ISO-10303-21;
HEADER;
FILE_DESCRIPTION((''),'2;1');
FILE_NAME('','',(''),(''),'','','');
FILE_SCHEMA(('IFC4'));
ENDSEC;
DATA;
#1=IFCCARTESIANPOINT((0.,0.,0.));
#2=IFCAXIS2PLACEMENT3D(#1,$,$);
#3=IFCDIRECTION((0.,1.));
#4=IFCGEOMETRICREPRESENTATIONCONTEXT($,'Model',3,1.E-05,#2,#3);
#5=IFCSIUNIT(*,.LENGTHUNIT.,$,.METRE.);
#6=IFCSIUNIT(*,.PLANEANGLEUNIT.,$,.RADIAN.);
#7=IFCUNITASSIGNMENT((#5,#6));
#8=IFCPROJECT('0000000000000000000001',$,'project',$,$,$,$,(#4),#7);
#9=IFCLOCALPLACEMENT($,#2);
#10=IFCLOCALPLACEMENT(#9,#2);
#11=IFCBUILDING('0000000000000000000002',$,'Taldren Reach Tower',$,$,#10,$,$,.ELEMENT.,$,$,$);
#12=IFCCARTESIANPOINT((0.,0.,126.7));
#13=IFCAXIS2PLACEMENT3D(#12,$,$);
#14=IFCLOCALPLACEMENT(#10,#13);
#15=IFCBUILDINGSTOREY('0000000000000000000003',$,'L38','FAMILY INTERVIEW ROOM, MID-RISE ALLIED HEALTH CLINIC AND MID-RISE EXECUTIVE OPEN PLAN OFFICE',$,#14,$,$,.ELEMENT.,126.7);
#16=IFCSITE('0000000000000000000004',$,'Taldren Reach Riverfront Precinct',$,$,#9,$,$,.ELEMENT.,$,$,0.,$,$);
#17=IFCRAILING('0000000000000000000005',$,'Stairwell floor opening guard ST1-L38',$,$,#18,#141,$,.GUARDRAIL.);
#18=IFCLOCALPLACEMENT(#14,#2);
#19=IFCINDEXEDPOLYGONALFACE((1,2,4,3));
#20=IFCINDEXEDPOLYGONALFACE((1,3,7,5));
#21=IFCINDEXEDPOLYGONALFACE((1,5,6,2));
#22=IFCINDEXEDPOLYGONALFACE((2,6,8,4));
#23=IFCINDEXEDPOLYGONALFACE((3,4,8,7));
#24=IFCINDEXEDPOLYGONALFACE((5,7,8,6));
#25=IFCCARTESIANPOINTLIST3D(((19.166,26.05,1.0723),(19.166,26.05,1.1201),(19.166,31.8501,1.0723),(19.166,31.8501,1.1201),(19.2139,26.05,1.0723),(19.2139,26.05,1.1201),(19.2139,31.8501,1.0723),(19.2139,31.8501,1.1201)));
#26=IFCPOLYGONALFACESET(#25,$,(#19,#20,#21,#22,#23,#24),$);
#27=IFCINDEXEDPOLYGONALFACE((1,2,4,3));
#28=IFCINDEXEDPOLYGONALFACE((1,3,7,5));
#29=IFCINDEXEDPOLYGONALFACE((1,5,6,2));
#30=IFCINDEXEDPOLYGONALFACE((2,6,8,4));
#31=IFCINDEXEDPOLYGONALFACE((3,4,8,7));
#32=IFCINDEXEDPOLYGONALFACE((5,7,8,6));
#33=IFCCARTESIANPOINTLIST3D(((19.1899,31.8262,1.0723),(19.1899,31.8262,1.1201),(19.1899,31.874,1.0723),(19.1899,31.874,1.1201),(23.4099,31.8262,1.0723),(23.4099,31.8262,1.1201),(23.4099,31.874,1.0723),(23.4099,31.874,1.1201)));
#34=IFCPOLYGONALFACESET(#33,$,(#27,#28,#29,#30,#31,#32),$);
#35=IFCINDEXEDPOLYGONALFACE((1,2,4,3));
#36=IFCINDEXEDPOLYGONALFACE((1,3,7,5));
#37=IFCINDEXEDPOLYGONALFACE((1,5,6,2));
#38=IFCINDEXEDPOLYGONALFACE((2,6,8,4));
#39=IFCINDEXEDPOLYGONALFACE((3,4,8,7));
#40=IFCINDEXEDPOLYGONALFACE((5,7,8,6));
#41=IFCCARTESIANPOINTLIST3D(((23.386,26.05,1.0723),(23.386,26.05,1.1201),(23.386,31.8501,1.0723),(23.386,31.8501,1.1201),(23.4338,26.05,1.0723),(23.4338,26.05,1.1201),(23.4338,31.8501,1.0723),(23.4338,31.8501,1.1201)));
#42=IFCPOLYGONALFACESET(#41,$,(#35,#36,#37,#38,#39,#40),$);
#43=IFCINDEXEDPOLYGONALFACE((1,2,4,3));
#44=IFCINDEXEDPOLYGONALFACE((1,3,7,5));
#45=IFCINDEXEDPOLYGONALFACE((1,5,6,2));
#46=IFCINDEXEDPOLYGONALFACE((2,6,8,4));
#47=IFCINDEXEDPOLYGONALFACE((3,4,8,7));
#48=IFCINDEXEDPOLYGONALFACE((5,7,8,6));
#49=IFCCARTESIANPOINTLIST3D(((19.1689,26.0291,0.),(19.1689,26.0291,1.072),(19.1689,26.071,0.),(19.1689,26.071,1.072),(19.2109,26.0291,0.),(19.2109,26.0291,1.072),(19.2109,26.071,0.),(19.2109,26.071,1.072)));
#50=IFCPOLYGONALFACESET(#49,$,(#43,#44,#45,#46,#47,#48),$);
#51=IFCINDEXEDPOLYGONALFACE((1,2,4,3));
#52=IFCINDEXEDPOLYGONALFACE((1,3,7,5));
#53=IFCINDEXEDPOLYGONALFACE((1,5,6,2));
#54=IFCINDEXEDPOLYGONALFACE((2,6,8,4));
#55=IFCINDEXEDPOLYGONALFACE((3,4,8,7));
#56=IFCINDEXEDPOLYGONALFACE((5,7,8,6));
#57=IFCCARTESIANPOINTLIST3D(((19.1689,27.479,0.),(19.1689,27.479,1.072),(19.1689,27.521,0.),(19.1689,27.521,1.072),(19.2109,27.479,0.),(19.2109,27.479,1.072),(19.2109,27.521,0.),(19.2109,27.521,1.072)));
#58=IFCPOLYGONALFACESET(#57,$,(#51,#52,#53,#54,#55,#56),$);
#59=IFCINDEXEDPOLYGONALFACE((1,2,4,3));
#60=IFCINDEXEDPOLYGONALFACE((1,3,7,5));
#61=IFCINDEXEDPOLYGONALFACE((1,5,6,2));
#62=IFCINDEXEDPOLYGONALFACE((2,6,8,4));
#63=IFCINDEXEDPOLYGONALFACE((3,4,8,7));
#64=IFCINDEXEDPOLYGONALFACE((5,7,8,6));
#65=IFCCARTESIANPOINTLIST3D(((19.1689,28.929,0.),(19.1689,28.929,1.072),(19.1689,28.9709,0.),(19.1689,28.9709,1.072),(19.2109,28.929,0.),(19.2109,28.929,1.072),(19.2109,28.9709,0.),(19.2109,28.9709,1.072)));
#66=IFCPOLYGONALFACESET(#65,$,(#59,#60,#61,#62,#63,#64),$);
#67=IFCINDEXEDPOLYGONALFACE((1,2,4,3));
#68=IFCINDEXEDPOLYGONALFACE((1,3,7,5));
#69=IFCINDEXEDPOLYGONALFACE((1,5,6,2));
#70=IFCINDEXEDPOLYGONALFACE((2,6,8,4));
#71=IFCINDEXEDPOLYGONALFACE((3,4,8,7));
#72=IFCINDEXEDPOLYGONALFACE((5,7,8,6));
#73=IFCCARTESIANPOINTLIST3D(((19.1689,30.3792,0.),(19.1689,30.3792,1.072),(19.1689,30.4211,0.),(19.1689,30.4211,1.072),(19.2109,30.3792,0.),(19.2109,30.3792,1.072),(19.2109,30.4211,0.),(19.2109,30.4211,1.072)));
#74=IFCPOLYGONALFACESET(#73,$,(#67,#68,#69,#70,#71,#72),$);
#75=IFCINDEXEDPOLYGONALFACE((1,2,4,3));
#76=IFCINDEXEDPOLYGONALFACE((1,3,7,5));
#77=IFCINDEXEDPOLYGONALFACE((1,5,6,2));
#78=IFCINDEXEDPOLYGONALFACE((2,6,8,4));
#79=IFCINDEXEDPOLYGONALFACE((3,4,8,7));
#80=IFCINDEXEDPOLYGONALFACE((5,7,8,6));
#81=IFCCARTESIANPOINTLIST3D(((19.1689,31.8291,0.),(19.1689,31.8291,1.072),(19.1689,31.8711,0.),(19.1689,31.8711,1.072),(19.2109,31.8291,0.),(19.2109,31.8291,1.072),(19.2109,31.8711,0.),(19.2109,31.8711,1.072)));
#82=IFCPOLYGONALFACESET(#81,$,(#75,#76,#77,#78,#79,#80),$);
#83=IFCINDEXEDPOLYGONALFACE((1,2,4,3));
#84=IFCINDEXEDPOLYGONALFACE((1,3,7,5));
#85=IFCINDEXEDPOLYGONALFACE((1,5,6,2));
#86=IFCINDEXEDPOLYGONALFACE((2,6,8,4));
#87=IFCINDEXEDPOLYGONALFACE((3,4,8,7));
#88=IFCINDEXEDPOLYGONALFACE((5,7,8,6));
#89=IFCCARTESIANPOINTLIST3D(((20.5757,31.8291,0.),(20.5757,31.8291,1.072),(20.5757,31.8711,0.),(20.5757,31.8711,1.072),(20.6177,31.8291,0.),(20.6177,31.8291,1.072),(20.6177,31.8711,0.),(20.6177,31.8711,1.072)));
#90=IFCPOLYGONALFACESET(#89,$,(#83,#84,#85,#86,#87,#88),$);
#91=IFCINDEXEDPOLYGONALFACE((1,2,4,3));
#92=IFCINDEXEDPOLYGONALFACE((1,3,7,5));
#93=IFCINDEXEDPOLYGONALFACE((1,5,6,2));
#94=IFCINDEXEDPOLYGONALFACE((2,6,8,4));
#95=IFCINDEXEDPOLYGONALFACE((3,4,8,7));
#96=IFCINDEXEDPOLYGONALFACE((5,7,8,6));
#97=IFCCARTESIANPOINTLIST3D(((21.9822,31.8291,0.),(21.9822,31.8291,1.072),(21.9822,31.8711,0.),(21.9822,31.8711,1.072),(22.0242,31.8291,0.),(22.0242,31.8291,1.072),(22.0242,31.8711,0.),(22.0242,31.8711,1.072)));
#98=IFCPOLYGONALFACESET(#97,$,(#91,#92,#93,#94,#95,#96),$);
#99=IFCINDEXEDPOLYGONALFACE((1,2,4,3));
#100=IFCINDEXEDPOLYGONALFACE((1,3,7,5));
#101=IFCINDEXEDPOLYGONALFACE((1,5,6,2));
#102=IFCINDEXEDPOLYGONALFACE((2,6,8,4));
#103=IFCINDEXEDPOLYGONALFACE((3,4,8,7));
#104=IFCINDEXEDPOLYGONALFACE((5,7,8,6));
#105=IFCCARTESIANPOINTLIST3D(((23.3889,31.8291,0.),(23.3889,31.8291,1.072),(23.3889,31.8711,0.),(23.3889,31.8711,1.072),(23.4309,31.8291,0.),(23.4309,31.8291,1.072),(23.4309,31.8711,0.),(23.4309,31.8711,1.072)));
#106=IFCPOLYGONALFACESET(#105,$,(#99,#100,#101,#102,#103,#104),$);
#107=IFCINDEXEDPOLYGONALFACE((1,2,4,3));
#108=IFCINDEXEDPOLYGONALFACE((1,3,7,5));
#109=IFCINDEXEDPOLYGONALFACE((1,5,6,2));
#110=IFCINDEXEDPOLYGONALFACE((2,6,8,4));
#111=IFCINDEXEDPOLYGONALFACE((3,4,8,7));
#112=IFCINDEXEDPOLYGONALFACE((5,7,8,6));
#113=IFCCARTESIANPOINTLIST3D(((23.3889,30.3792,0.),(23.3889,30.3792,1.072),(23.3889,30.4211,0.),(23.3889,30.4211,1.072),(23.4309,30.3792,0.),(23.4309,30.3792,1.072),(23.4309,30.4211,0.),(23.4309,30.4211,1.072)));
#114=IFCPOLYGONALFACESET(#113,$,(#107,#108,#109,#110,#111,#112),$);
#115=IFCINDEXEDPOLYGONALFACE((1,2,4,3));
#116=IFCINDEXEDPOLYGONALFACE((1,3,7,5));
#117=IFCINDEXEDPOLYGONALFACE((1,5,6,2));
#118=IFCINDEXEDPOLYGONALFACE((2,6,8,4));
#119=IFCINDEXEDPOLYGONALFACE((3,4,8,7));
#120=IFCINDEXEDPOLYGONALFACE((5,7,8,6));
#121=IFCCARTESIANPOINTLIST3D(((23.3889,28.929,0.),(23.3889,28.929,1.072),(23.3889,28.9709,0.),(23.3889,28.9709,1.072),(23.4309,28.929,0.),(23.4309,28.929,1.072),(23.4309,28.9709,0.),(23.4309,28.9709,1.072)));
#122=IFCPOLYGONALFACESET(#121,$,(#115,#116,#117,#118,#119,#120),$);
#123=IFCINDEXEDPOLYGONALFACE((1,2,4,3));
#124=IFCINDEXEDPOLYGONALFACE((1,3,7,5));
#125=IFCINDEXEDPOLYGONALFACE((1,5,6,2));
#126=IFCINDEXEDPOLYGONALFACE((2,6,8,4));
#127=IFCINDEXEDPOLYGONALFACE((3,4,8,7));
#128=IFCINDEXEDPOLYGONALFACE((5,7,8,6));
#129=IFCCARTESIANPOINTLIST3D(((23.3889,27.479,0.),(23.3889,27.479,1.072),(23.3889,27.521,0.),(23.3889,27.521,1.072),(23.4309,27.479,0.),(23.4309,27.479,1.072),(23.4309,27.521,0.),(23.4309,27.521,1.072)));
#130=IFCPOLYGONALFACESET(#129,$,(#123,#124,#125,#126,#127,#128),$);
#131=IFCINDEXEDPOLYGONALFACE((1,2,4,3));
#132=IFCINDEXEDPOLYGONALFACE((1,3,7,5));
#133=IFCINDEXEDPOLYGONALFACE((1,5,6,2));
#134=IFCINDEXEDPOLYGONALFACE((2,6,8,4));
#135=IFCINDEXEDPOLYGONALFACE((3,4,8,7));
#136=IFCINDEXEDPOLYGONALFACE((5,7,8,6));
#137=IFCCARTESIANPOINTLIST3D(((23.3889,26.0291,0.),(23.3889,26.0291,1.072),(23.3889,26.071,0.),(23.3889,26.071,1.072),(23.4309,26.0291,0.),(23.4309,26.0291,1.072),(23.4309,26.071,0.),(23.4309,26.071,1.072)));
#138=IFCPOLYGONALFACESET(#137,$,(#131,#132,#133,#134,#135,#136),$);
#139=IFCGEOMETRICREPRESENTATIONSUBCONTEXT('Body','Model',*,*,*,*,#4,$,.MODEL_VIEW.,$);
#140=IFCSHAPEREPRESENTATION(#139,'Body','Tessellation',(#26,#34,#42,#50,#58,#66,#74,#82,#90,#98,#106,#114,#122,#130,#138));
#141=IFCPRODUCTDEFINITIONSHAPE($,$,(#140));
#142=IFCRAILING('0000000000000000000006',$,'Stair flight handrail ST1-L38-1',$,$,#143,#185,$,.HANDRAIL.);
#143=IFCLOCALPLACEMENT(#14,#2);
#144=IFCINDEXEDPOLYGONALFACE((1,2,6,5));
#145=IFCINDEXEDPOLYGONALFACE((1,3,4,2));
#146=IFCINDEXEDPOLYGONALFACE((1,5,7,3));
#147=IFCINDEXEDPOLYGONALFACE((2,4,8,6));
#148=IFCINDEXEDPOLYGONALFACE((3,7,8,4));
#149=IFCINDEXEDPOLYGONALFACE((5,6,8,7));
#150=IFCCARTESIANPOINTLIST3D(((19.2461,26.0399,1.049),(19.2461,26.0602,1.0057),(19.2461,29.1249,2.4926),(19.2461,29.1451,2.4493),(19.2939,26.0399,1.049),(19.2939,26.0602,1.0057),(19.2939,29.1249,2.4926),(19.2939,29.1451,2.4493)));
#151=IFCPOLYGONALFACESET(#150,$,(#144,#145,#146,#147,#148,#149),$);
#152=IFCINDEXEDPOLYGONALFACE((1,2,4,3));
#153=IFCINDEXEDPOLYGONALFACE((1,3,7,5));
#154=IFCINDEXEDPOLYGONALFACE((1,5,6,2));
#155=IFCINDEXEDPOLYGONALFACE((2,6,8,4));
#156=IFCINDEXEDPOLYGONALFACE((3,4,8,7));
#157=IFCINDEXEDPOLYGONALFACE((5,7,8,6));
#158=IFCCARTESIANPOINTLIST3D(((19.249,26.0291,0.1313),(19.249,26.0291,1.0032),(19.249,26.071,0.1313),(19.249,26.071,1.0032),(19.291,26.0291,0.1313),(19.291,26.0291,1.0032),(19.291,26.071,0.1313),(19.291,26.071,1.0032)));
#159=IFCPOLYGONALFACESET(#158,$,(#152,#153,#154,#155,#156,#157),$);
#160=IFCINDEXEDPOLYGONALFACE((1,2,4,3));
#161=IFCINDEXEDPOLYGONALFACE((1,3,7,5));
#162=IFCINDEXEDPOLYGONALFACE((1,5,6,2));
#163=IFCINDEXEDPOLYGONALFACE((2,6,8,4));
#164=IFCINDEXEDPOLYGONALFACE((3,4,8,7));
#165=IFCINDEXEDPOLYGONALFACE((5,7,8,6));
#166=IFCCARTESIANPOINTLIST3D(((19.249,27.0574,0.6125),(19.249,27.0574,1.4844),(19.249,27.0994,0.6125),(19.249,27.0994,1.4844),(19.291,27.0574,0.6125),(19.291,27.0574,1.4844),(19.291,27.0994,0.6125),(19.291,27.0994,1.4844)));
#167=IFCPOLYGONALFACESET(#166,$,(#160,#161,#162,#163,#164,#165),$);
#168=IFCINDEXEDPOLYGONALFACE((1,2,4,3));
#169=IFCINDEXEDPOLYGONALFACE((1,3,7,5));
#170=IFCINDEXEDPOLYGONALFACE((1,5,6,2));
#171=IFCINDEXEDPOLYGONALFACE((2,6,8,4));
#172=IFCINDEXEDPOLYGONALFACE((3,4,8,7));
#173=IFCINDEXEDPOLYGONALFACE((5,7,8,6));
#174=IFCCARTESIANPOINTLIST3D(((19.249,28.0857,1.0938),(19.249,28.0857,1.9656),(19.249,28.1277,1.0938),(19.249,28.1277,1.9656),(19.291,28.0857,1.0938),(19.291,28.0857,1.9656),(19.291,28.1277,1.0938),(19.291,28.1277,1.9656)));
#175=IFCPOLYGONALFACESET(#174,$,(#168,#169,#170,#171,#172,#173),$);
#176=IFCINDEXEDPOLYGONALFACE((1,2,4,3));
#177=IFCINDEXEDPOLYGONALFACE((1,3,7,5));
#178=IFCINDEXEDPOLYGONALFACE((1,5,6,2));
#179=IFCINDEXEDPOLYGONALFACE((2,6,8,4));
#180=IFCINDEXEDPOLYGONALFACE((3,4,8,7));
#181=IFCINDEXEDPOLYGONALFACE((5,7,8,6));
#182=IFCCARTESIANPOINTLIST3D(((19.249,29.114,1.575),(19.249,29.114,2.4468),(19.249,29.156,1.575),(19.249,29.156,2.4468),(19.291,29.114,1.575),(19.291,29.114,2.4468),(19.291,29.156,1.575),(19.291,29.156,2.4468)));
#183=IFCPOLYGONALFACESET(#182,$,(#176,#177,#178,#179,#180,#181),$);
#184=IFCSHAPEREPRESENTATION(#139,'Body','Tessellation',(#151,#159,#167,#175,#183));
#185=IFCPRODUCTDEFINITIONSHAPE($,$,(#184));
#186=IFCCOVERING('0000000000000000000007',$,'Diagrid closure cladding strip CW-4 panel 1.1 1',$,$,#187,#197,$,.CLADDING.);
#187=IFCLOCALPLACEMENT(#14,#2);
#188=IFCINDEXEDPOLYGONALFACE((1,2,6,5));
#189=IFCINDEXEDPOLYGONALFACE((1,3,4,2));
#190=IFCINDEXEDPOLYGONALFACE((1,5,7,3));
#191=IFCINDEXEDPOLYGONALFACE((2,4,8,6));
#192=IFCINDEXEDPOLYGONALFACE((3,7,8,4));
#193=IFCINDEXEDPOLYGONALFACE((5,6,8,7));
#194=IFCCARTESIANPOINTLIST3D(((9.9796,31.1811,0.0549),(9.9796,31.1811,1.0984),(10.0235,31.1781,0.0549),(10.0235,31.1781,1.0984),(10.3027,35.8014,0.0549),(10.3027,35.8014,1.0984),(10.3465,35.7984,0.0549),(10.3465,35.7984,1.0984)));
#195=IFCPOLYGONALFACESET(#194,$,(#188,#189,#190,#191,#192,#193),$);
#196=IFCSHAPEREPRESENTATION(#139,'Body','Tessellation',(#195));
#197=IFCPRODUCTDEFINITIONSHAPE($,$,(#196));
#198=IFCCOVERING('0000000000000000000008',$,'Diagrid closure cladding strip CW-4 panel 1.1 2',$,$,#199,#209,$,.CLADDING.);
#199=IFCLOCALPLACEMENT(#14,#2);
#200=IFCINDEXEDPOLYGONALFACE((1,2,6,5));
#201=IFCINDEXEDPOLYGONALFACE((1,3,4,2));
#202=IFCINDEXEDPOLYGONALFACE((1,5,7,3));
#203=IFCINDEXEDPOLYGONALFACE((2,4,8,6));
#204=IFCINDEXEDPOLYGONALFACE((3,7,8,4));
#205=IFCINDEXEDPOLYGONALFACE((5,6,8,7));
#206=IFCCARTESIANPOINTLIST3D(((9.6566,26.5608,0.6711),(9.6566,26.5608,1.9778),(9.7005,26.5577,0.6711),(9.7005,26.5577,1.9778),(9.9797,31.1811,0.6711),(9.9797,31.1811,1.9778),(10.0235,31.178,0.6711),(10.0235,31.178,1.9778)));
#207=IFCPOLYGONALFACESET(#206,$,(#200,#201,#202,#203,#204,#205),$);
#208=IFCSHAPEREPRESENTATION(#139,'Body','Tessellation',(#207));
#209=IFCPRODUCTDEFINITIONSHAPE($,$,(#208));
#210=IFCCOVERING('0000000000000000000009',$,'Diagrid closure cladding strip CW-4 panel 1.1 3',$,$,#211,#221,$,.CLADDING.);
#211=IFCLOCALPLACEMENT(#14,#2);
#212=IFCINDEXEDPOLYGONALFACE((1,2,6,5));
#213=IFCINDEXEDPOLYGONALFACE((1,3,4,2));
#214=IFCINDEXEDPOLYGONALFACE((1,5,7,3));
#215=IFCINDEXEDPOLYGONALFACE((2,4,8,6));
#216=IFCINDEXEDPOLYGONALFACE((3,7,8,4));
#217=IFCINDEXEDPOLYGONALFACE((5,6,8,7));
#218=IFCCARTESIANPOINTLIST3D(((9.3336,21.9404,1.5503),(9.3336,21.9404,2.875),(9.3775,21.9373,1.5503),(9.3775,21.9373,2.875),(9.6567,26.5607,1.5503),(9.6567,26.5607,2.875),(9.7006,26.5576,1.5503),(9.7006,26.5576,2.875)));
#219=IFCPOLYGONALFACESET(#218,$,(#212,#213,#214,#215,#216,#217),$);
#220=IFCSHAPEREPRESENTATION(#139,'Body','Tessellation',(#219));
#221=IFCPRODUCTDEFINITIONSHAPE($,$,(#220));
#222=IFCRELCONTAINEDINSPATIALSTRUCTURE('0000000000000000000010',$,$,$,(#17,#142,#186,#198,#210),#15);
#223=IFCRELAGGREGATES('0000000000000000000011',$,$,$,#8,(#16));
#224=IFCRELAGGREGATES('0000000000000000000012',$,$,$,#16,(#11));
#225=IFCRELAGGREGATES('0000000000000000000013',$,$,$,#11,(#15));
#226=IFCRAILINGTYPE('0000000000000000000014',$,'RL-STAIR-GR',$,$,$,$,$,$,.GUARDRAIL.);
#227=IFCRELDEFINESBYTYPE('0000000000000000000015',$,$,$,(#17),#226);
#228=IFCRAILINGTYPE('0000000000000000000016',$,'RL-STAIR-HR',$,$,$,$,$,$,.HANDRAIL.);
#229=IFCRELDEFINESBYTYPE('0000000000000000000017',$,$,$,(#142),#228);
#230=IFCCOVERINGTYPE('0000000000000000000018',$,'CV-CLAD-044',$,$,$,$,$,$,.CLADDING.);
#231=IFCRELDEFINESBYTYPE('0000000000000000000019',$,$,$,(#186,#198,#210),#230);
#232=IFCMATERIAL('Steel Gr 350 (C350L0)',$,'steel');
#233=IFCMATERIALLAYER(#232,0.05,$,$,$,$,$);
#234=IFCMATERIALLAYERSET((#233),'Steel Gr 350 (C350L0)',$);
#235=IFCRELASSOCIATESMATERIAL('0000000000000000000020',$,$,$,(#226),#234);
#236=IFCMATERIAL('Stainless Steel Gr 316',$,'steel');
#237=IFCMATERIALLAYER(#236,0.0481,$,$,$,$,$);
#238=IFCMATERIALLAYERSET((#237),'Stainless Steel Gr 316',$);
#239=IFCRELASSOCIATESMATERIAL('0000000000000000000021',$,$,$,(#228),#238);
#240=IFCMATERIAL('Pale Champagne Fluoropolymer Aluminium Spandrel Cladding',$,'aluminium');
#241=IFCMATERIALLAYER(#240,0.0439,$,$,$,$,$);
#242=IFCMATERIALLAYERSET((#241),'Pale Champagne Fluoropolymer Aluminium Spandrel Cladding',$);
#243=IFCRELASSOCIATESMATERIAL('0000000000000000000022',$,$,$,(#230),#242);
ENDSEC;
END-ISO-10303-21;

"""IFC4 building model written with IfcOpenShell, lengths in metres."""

from ifc_helpers import new_model, si_unit, direction, frame, origin, origin_2d, place, context, subcontext, project, spatial, rectangle, extrude, source, transform, mapped, material, layer, layer_set, type_object, element, save


model = new_model("IFC4")

# Units and contexts
model_context = context("Model", 3, precision=1e-05, world=origin(), true_north=direction((0.0, 1.0)))
body_context = subcontext(model_context, "Body", "Model", "MODEL_VIEW")
ifc_project = project(units=[si_unit("LENGTHUNIT", "METRE"), si_unit("PLANEANGLEUNIT", "RADIAN")], contexts=[model_context])

# Site, building, storey
site_placement = place(None, origin())
site = spatial("IfcSite", under=ifc_project, at=site_placement, Name="Taldren Reach Riverfront Precinct", CompositionType="ELEMENT", RefElevation=0.0)
building_placement = place(site_placement, origin())
building = spatial("IfcBuilding", under=site, at=building_placement, Name="Taldren Reach Tower", CompositionType="ELEMENT")
storey_placement = place(building_placement, frame((0.0, 0.0, 126.7)))
storey = spatial("IfcBuildingStorey", under=building, at=storey_placement, Name="L38", Description="FAMILY INTERVIEW ROOM, MID-RISE ALLIED HEALTH CLINIC AND MID-RISE EXECUTIVE OPEN PLAN OFFICE", CompositionType="ELEMENT", Elevation=126.7)

# Shared definitions
ifc_material_1 = material(Name="Steel Gr 350 (C350L0)", Category="steel")

# Railings
ifc_layer_1 = layer(ifc_material_1, 0.05)
ifc_layer_set_1 = layer_set([ifc_layer_1], Name="Steel Gr 350 (C350L0)")
railing_type_1 = type_object("IfcRailingType", Name="RL-STAIR-GR", PredefinedType="GUARDRAIL", material=ifc_layer_set_1)
railing_1_placement = place(storey_placement, frame((19.1899, 26.05, 0.0)))
element("IfcRailing", 1, at=railing_1_placement, inside=storey, type_object=railing_type_1, Name="Stairwell floor opening guard ST1-L38", PredefinedType="GUARDRAIL", context=body_context, shape_type="SweptSolid", body=[
    extrude(rectangle(XDim=0.0479, YDim=0.0479, at=origin_2d()), frame((0.0, 0.0, 1.0962), z_axis=(0.0, 1.0, 0.0), x_axis=(-1.0, 0.0, 0.0)), (0.0, 0.0, 1.0), 5.8),
    extrude(rectangle(XDim=0.0479, YDim=0.0479, at=origin_2d()), frame((0.0, 5.8, 1.0962), z_axis=(1.0, 0.0, 0.0), x_axis=(0.0, 1.0, 0.0)), (0.0, 0.0, 1.0), 4.22),
    extrude(rectangle(XDim=0.0479, YDim=0.0479, at=origin_2d()), frame((4.22, 5.8, 1.0962), z_axis=(0.0, -1.0, 0.0), x_axis=(1.0, 0.0, 0.0)), (0.0, 0.0, 1.0), 5.8),
    extrude(rectangle(XDim=0.042, YDim=0.042, at=origin_2d()), origin(), (0.0, 0.0, 1.0), 1.072),
    extrude(rectangle(XDim=0.042, YDim=0.042, at=origin_2d()), frame((0.0, 1.45, 0.0)), (0.0, 0.0, 1.0), 1.072),
    extrude(rectangle(XDim=0.042, YDim=0.042, at=origin_2d()), frame((0.0, 2.8999, 0.0)), (0.0, 0.0, 1.0), 1.072),
    extrude(rectangle(XDim=0.042, YDim=0.042, at=origin_2d()), frame((0.0, 4.3501, 0.0)), (0.0, 0.0, 1.0), 1.072),
    extrude(rectangle(XDim=0.042, YDim=0.042, at=origin_2d()), frame((0.0, 5.8, 0.0)), (0.0, 0.0, 1.0), 1.072),
    extrude(rectangle(XDim=0.042, YDim=0.042, at=origin_2d()), frame((1.4067, 5.8, 0.0)), (0.0, 0.0, 1.0), 1.072),
    extrude(rectangle(XDim=0.042, YDim=0.042, at=origin_2d()), frame((2.8132, 5.8, 0.0)), (0.0, 0.0, 1.0), 1.072),
    extrude(rectangle(XDim=0.042, YDim=0.042, at=origin_2d()), frame((4.22, 5.8, 0.0)), (0.0, 0.0, 1.0), 1.072),
    extrude(rectangle(XDim=0.042, YDim=0.042, at=origin_2d()), frame((4.22, 4.3501, 0.0)), (0.0, 0.0, 1.0), 1.072),
    extrude(rectangle(XDim=0.042, YDim=0.042, at=origin_2d()), frame((4.22, 2.8999, 0.0)), (0.0, 0.0, 1.0), 1.072),
    extrude(rectangle(XDim=0.042, YDim=0.042, at=origin_2d()), frame((4.22, 1.45, 0.0)), (0.0, 0.0, 1.0), 1.072),
    extrude(rectangle(XDim=0.042, YDim=0.042, at=origin_2d()), frame((4.22, 0.0, 0.0)), (0.0, 0.0, 1.0), 1.072),
])
ifc_material_2 = material(Name="Stainless Steel Gr 316", Category="steel")
ifc_layer_2 = layer(ifc_material_2, 0.0481)
ifc_layer_set_2 = layer_set([ifc_layer_2], Name="Stainless Steel Gr 316")
railing_type_2 = type_object("IfcRailingType", Name="RL-STAIR-HR", PredefinedType="HANDRAIL", material=ifc_layer_set_2)
railing_2_placement = place(storey_placement, frame((19.27, 26.05, 0.1313)))
element("IfcRailing", 2, at=railing_2_placement, inside=storey, type_object=railing_type_2, Name="Stair flight handrail ST1-L38-1", PredefinedType="HANDRAIL", context=body_context, shape_type="SweptSolid", body=[
    extrude(rectangle(XDim=0.0479, YDim=0.0479, at=origin_2d()), frame((0.0, 0.0, 0.896), z_axis=(0.0, 0.905738, 0.423839), x_axis=(-1.0, 0.0, 0.0)), (0.0, 0.0, 1.0), 3.406),
    extrude(rectangle(XDim=0.042, YDim=0.042, at=origin_2d()), origin(), (0.0, 0.0, 1.0), 0.8718),
    extrude(rectangle(XDim=0.042, YDim=0.042, at=origin_2d()), frame((0.0, 1.0283, 0.4812)), (0.0, 0.0, 1.0), 0.8718),
    extrude(rectangle(XDim=0.042, YDim=0.042, at=origin_2d()), frame((0.0, 2.0566, 0.9624)), (0.0, 0.0, 1.0), 0.8718),
    extrude(rectangle(XDim=0.042, YDim=0.042, at=origin_2d()), frame((0.0, 3.085, 1.4436)), (0.0, 0.0, 1.0), 0.8718),
])

# Coverings
ifc_material_3 = material(Name="Pale Champagne Fluoropolymer Aluminium Spandrel Cladding", Category="aluminium")
ifc_layer_3 = layer(ifc_material_3, 0.0439)
ifc_layer_set_3 = layer_set([ifc_layer_3], Name="Pale Champagne Fluoropolymer Aluminium Spandrel Cladding")
covering_type = type_object("IfcCoveringType", Name="CV-CLAD-044", PredefinedType="CLADDING", material=ifc_layer_set_3)
shared_shape_1 = source(origin(), body_context, "Body", "SweptSolid", [
    extrude(rectangle(XDim=4.6316, YDim=0.0439, at=origin_2d()), origin(), (0.0, 0.0, 1.0), 1.0435),
])
covering_1_placement = place(storey_placement, frame((10.1631, 33.4897, 0.0549), z_axis=(0.0, 0.0, 1.0), x_axis=(-0.069756, -0.997564, 0.0)))
element("IfcCovering", 3, at=covering_1_placement, inside=storey, type_object=covering_type, Name="Diagrid closure cladding strip CW-4 panel 1.1 1", PredefinedType="CLADDING", context=body_context, shape_type="MappedRepresentation", body=[
    mapped(shared_shape_1, transform((0.0, 0.0, 0.0), scale=1.0)),
])
shared_shape_2 = source(origin(), body_context, "Body", "SweptSolid", [
    extrude(rectangle(XDim=4.6316, YDim=0.0439, at=origin_2d()), origin(), (0.0, 0.0, 1.0), 1.3066),
])
covering_2_placement = place(storey_placement, frame((9.8401, 28.8694, 0.6711), z_axis=(0.0, 0.0, 1.0), x_axis=(-0.069756, -0.997564, 0.0)))
element("IfcCovering", 4, at=covering_2_placement, inside=storey, type_object=covering_type, Name="Diagrid closure cladding strip CW-4 panel 1.1 2", PredefinedType="CLADDING", context=body_context, shape_type="MappedRepresentation", body=[
    mapped(shared_shape_2, transform((0.0, 0.0, 0.0), scale=1.0)),
])
shared_shape_3 = source(origin(), body_context, "Body", "SweptSolid", [
    extrude(rectangle(XDim=4.6316, YDim=0.0439, at=origin_2d()), origin(), (0.0, 0.0, 1.0), 1.3247),
])
covering_3_placement = place(storey_placement, frame((9.5171, 24.249, 1.5503), z_axis=(0.0, 0.0, 1.0), x_axis=(-0.069756, -0.997564, 0.0)))
element("IfcCovering", 5, at=covering_3_placement, inside=storey, type_object=covering_type, Name="Diagrid closure cladding strip CW-4 panel 1.1 3", PredefinedType="CLADDING", context=body_context, shape_type="MappedRepresentation", body=[
    mapped(shared_shape_3, transform((0.0, 0.0, 0.0), scale=1.0)),
])

save(model, "model.ifc")
